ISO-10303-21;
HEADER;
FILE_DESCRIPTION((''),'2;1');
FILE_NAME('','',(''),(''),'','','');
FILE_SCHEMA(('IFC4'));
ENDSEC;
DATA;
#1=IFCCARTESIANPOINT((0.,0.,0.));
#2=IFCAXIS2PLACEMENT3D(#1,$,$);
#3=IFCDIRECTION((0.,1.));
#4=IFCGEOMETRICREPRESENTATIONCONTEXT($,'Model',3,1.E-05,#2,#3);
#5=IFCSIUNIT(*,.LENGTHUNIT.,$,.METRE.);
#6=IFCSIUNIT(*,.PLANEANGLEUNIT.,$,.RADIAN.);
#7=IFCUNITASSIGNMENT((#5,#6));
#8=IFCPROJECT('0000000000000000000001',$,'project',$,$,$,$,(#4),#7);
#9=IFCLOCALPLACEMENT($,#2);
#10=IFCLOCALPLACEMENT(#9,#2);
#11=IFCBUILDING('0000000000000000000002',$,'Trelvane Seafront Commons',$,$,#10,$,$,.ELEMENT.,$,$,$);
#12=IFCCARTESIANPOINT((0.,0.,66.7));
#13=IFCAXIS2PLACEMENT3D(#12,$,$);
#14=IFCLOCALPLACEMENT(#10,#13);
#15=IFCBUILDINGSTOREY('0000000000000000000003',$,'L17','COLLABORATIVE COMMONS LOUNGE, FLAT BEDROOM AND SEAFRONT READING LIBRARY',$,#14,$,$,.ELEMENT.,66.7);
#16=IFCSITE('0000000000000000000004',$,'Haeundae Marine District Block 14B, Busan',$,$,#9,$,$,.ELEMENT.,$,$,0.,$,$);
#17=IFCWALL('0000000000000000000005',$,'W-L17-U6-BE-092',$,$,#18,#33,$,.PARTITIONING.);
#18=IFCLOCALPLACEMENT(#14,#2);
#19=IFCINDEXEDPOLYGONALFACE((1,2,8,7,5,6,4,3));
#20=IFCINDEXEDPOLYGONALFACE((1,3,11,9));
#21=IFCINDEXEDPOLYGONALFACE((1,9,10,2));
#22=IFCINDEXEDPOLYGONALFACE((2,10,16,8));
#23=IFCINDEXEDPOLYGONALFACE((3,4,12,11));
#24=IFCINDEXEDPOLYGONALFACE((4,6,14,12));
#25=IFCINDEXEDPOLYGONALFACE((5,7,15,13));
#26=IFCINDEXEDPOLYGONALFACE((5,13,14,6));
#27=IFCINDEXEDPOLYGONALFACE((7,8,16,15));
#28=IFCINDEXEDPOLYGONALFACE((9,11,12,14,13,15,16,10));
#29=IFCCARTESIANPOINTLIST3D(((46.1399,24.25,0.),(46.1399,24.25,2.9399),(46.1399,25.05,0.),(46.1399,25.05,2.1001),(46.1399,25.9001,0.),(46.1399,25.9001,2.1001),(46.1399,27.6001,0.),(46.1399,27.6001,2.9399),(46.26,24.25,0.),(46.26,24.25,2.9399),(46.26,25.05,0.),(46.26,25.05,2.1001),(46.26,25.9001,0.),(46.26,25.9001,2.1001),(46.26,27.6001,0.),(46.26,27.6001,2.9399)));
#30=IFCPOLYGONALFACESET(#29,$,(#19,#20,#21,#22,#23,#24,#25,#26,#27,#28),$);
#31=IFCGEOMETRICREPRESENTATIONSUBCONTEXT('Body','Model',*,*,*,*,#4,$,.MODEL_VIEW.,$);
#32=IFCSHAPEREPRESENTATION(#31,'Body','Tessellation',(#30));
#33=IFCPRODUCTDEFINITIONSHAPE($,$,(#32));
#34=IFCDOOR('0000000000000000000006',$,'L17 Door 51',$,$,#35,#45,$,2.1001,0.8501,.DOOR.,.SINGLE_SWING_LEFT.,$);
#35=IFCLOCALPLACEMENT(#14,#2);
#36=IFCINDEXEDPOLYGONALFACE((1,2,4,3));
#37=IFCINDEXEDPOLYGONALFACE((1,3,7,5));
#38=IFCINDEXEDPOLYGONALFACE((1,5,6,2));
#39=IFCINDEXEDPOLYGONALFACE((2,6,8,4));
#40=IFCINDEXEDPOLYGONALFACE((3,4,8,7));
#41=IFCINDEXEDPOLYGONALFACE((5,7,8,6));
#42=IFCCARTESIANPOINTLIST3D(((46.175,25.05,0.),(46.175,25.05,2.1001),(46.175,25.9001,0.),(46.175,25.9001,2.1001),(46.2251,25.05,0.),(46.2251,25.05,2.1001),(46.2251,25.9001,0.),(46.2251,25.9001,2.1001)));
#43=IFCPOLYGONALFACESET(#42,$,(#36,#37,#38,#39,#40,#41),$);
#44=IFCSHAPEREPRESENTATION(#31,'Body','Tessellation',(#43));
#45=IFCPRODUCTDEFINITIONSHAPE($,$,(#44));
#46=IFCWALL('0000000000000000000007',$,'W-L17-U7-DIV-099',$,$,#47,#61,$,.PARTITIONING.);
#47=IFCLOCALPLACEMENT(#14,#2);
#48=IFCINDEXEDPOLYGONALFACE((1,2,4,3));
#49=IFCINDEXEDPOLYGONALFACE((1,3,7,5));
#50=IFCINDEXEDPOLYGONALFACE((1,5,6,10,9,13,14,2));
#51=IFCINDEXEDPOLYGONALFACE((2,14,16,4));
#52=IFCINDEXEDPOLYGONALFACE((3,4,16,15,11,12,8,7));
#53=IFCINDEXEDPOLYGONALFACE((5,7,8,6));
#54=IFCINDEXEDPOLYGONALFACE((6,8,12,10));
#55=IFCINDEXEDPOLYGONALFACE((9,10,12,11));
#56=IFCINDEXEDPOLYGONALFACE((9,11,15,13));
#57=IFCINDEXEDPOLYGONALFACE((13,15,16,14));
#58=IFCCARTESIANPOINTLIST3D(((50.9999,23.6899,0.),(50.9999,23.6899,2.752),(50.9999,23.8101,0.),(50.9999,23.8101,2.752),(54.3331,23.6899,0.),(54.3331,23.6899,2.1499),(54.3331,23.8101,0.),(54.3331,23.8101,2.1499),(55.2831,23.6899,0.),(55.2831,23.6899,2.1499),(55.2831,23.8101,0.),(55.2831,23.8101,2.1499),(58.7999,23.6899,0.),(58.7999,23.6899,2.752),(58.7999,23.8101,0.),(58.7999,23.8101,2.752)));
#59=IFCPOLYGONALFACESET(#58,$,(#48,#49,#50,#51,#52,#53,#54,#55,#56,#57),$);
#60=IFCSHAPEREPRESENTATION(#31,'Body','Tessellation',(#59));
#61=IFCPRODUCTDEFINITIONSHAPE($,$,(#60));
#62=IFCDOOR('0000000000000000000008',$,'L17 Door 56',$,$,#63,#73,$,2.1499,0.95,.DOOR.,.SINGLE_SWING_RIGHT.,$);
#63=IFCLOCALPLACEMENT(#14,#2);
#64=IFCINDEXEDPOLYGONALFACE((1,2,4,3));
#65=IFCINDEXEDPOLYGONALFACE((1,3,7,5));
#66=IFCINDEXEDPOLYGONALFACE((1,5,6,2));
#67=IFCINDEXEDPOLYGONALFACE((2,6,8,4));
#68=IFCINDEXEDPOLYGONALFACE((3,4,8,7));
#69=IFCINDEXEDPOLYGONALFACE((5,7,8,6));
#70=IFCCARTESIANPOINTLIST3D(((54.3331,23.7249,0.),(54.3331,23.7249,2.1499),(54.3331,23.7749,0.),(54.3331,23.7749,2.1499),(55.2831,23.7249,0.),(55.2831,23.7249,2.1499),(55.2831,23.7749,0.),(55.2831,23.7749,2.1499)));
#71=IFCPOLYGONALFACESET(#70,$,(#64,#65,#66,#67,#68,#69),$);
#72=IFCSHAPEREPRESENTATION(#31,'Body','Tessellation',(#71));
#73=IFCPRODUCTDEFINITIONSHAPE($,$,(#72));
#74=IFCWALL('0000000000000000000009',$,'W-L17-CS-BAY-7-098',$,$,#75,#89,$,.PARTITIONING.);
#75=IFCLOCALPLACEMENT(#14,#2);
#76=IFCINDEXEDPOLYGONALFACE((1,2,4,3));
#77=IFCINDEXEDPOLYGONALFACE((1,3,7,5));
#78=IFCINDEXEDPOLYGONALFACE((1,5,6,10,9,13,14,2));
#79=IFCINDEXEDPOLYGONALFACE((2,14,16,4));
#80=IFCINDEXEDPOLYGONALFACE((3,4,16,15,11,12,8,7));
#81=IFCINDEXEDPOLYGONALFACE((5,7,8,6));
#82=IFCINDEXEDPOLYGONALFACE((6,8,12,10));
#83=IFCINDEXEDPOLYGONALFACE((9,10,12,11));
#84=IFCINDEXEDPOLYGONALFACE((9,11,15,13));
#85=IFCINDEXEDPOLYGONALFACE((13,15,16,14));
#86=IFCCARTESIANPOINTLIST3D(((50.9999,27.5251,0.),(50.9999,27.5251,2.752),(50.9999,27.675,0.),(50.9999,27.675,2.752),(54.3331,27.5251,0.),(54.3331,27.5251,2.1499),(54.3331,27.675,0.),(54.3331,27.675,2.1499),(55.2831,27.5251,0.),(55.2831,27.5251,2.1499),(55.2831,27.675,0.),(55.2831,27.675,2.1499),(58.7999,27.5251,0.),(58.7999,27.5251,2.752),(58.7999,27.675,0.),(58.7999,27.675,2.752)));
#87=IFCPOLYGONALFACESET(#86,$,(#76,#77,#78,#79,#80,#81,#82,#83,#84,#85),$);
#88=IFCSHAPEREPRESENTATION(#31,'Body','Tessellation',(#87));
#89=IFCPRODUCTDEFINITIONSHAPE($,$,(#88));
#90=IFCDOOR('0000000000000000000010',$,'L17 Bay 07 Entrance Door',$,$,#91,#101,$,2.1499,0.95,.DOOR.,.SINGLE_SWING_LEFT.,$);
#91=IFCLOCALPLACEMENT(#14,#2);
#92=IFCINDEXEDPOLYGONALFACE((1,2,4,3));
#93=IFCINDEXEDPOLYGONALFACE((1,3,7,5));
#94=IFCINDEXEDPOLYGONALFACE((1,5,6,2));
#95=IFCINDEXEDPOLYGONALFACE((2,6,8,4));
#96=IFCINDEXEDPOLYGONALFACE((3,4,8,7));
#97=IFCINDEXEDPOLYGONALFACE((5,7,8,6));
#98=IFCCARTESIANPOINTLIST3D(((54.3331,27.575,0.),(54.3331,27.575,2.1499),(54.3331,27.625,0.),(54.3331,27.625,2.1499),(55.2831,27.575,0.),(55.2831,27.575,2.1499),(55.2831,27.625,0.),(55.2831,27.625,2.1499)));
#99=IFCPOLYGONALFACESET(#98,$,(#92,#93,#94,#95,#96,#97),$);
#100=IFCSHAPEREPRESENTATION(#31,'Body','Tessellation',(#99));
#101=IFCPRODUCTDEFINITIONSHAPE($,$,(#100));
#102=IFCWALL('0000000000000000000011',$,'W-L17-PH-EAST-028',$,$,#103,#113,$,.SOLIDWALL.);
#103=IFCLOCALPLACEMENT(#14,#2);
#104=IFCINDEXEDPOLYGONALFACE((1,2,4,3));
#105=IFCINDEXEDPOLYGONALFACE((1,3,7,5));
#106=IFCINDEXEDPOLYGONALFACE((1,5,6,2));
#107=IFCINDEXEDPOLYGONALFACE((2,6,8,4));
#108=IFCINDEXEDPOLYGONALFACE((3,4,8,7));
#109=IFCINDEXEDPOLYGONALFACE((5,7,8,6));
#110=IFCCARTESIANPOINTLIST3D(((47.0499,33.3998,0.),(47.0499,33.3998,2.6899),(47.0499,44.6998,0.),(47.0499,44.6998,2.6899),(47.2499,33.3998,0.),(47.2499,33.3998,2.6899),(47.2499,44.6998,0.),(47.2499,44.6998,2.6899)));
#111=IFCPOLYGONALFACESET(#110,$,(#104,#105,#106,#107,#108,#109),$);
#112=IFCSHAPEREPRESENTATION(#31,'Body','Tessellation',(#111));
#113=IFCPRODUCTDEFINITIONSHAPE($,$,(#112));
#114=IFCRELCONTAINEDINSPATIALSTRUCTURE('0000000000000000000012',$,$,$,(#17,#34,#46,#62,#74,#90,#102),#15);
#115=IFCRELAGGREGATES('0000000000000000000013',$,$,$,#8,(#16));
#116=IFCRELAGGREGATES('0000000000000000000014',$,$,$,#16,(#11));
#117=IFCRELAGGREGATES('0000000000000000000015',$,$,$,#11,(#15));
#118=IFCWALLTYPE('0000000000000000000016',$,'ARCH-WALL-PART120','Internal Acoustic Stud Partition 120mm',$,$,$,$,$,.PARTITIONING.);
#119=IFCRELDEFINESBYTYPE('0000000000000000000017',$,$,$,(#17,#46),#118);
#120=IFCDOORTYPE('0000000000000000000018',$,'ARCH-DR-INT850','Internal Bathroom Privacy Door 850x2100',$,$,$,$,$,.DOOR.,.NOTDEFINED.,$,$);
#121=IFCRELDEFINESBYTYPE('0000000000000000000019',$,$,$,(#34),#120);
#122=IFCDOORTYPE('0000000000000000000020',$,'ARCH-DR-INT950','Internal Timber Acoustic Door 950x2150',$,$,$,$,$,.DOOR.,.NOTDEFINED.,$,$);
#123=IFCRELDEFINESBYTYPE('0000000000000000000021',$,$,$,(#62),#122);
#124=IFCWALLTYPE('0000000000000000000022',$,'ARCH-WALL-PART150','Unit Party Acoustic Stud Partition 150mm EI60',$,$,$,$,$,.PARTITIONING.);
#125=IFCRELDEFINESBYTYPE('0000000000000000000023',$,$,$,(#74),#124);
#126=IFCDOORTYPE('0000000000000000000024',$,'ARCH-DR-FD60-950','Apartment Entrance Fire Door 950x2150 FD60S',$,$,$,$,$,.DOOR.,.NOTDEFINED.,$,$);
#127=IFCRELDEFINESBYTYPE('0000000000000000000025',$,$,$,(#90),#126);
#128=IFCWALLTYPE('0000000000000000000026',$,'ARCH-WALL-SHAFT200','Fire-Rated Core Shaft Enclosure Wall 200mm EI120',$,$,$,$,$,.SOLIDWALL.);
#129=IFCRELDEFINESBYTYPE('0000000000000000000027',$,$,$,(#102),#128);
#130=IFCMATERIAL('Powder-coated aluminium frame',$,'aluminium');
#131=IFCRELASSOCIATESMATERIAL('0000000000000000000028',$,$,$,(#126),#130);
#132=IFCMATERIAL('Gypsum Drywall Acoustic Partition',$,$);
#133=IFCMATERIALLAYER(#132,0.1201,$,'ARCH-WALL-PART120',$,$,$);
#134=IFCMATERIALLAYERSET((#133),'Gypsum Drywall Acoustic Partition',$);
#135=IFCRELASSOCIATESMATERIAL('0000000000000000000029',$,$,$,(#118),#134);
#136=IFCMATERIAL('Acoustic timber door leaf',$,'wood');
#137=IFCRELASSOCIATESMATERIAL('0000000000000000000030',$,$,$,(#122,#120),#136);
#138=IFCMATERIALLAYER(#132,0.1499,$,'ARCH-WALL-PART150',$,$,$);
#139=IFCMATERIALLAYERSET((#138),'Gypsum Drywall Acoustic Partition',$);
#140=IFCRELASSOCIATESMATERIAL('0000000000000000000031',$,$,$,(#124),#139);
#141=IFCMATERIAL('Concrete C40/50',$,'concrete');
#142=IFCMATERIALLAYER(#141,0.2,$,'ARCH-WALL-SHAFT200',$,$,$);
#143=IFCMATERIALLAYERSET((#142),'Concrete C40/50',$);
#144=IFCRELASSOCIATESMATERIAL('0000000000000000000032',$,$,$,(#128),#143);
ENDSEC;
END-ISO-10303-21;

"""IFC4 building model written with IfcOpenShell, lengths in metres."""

from ifc_helpers import new_model, si_unit, direction, frame, frame_2d, origin, place, context, subcontext, project, spatial, rectangle, extrude, source, transform, mapped, material, layer, layer_set, type_object, element, fill, save


model = new_model("IFC4")

# Units and contexts
model_context = context("Model", 3, precision=1e-05, world=origin(), true_north=direction((0.0, 1.0)))
body_context = subcontext(model_context, "Body", "Model", "MODEL_VIEW")
ifc_project = project(units=[si_unit("LENGTHUNIT", "METRE"), si_unit("PLANEANGLEUNIT", "RADIAN")], contexts=[model_context])

# Site, building, storey
site_placement = place(None, origin())
site = spatial("IfcSite", under=ifc_project, at=site_placement, Name="Haeundae Marine District Block 14B, Busan", CompositionType="ELEMENT", RefElevation=0.0)
building_placement = place(site_placement, origin())
building = spatial("IfcBuilding", under=site, at=building_placement, Name="Trelvane Seafront Commons", CompositionType="ELEMENT")
storey_placement = place(building_placement, frame((0.0, 0.0, 66.7)))
storey = spatial("IfcBuildingStorey", under=building, at=storey_placement, Name="L17", Description="COLLABORATIVE COMMONS LOUNGE, FLAT BEDROOM AND SEAFRONT READING LIBRARY", CompositionType="ELEMENT", Elevation=66.7)

# Shared definitions
ifc_material_1 = material(Name="Concrete C40/50", Category="concrete")
ifc_material_2 = material(Name="Powder-coated aluminium frame", Category="aluminium")
door_type_1 = type_object("IfcDoorType", Name="ARCH-DR-FD60-950", Description="Apartment Entrance Fire Door 950x2150 FD60S", OperationType="NOTDEFINED", PredefinedType="DOOR", material=ifc_material_2)
shared_shape_1 = source(origin(), body_context, "Body", "SweptSolid", [
    extrude(rectangle(XDim=0.95, YDim=2.1499, at=frame_2d((0.4751, 1.075))), frame((0.0, 0.0249, 0.0), z_axis=(0.0, -1.0, 0.0), x_axis=(1.0, 0.0, 0.0)), (0.0, 0.0, 1.0), 0.05),
])
ifc_material_3 = material(Name="Gypsum Drywall Acoustic Partition")
ifc_layer_1 = layer(ifc_material_3, 0.1201, Name="ARCH-WALL-PART120")
ifc_layer_set_1 = layer_set([ifc_layer_1], Name="Gypsum Drywall Acoustic Partition")
wall_type_1 = type_object("IfcWallType", Name="ARCH-WALL-PART120", Description="Internal Acoustic Stud Partition 120mm", PredefinedType="PARTITIONING", material=ifc_layer_set_1)
ifc_material_4 = material(Name="Acoustic timber door leaf", Category="wood")
door_type_2 = type_object("IfcDoorType", Name="ARCH-DR-INT950", Description="Internal Timber Acoustic Door 950x2150", OperationType="NOTDEFINED", PredefinedType="DOOR", material=ifc_material_4)

# Walls, openings, doors
wall_1_placement = place(storey_placement, frame((46.2, 24.25, 0.0), z_axis=(0.0, 0.0, 1.0), x_axis=(0.0, 1.0, 0.0)))
wall_1 = element("IfcWall", 1, at=wall_1_placement, inside=storey, type_object=wall_type_1, Name="W-L17-U6-BE-092", PredefinedType="PARTITIONING", context=body_context, shape_type="SweptSolid", body=[
    extrude(rectangle(XDim=3.3501, YDim=0.1201, at=frame_2d((1.675, 0.0))), origin(), (0.0, 0.0, 1.0), 2.9399),
])
opening_1_placement = place(wall_1_placement, frame((0.8, 0.0, 0.0)))
opening_1 = element("IfcOpeningElement", 2, at=opening_1_placement, cuts=wall_1, PredefinedType="OPENING", context=body_context, shape_type="SweptSolid", body=[
    extrude(rectangle(XDim=0.8501, YDim=2.1001, at=frame_2d((0.425, 1.05))), frame((0.0, 0.0701, 0.0), z_axis=(0.0, -1.0, 0.0), x_axis=(1.0, 0.0, 0.0)), (0.0, 0.0, 1.0), 0.1401),
])
door_type_3 = type_object("IfcDoorType", Name="ARCH-DR-INT850", Description="Internal Bathroom Privacy Door 850x2100", OperationType="NOTDEFINED", PredefinedType="DOOR", material=ifc_material_4)
shared_shape_2 = source(origin(), body_context, "Body", "SweptSolid", [
    extrude(rectangle(XDim=0.8501, YDim=2.1001, at=frame_2d((0.425, 1.05))), frame((0.0, 0.0249, 0.0), z_axis=(0.0, -1.0, 0.0), x_axis=(1.0, 0.0, 0.0)), (0.0, 0.0, 1.0), 0.05),
])
door_1_placement = place(opening_1_placement, origin())
door_1 = element("IfcDoor", 3, at=door_1_placement, inside=storey, type_object=door_type_3, Name="L17 Door 51", OperationType="SINGLE_SWING_LEFT", OverallHeight=2.1001, OverallWidth=0.8501, PredefinedType="DOOR", context=body_context, shape_type="MappedRepresentation", body=[
    mapped(shared_shape_2, transform((0.0, 0.0, 0.0), x_axis=(1.0, 0.0, 0.0), y_axis=(0.0, 1.0, 0.0), z_axis=(0.0, 0.0, 1.0), scale=1.0)),
])
fill(opening_1, door_1)
wall_2_placement = place(storey_placement, frame((51.0, 23.75, 0.0), z_axis=(0.0, 0.0, 1.0), x_axis=(1.0, 0.0, 0.0)))
wall_2 = element("IfcWall", 4, at=wall_2_placement, inside=storey, type_object=wall_type_1, Name="W-L17-U7-DIV-099", PredefinedType="PARTITIONING", context=body_context, shape_type="SweptSolid", body=[
    extrude(rectangle(XDim=7.8, YDim=0.1201, at=frame_2d((3.8999, 0.0))), origin(), (0.0, 0.0, 1.0), 2.752),
])
opening_2_placement = place(wall_2_placement, frame((3.333, 0.0, 0.0)))
opening_2 = element("IfcOpeningElement", 5, at=opening_2_placement, cuts=wall_2, PredefinedType="OPENING", context=body_context, shape_type="SweptSolid", body=[
    extrude(rectangle(XDim=0.95, YDim=2.1499, at=frame_2d((0.4751, 1.075))), frame((0.0, 0.0701, 0.0), z_axis=(0.0, -1.0, 0.0), x_axis=(1.0, 0.0, 0.0)), (0.0, 0.0, 1.0), 0.1401),
])
door_2_placement = place(opening_2_placement, origin())
door_2 = element("IfcDoor", 6, at=door_2_placement, inside=storey, type_object=door_type_2, Name="L17 Door 56", OperationType="SINGLE_SWING_RIGHT", OverallHeight=2.1499, OverallWidth=0.95, PredefinedType="DOOR", context=body_context, shape_type="MappedRepresentation", body=[
    mapped(shared_shape_1, transform((0.0, 0.0, 0.0), x_axis=(1.0, 0.0, 0.0), y_axis=(0.0, 1.0, 0.0), z_axis=(0.0, 0.0, 1.0), scale=1.0)),
])
fill(opening_2, door_2)
ifc_layer_2 = layer(ifc_material_3, 0.1499, Name="ARCH-WALL-PART150")
ifc_layer_set_2 = layer_set([ifc_layer_2], Name="Gypsum Drywall Acoustic Partition")
wall_type_2 = type_object("IfcWallType", Name="ARCH-WALL-PART150", Description="Unit Party Acoustic Stud Partition 150mm EI60", PredefinedType="PARTITIONING", material=ifc_layer_set_2)
wall_3_placement = place(storey_placement, frame((51.0, 27.6001, 0.0), z_axis=(0.0, 0.0, 1.0), x_axis=(1.0, 0.0, 0.0)))
wall_3 = element("IfcWall", 7, at=wall_3_placement, inside=storey, type_object=wall_type_2, Name="W-L17-CS-BAY-7-098", PredefinedType="PARTITIONING", context=body_context, shape_type="SweptSolid", body=[
    extrude(rectangle(XDim=7.8, YDim=0.1499, at=frame_2d((3.8999, 0.0))), origin(), (0.0, 0.0, 1.0), 2.752),
])
opening_3_placement = place(wall_3_placement, frame((3.333, 0.0, 0.0)))
opening_3 = element("IfcOpeningElement", 8, at=opening_3_placement, cuts=wall_3, PredefinedType="OPENING", context=body_context, shape_type="SweptSolid", body=[
    extrude(rectangle(XDim=0.95, YDim=2.1499, at=frame_2d((0.4751, 1.075))), frame((0.0, 0.085, 0.0), z_axis=(0.0, -1.0, 0.0), x_axis=(1.0, 0.0, 0.0)), (0.0, 0.0, 1.0), 0.1699),
])
door_3_placement = place(opening_3_placement, origin())
door_3 = element("IfcDoor", 9, at=door_3_placement, inside=storey, type_object=door_type_1, Name="L17 Bay 07 Entrance Door", OperationType="SINGLE_SWING_LEFT", OverallHeight=2.1499, OverallWidth=0.95, PredefinedType="DOOR", context=body_context, shape_type="MappedRepresentation", body=[
    mapped(shared_shape_1, transform((0.0, 0.0, 0.0), x_axis=(1.0, 0.0, 0.0), y_axis=(0.0, 1.0, 0.0), z_axis=(0.0, 0.0, 1.0), scale=1.0)),
])
fill(opening_3, door_3)

# Wall
ifc_layer_3 = layer(ifc_material_1, 0.2, Name="ARCH-WALL-SHAFT200")
ifc_layer_set_3 = layer_set([ifc_layer_3], Name="Concrete C40/50")
wall_type_3 = type_object("IfcWallType", Name="ARCH-WALL-SHAFT200", Description="Fire-Rated Core Shaft Enclosure Wall 200mm EI120", PredefinedType="SOLIDWALL", material=ifc_layer_set_3)
wall_4_placement = place(storey_placement, frame((47.1499, 33.3999, 0.0), z_axis=(0.0, 0.0, 1.0), x_axis=(0.0, 1.0, 0.0)))
element("IfcWall", 10, at=wall_4_placement, inside=storey, type_object=wall_type_3, Name="W-L17-PH-EAST-028", PredefinedType="SOLIDWALL", context=body_context, shape_type="SweptSolid", body=[
    extrude(rectangle(XDim=11.3, YDim=0.2, at=frame_2d((5.6499, 0.0))), origin(), (0.0, 0.0, 1.0), 2.6899),
])

save(model, "model.ifc")
